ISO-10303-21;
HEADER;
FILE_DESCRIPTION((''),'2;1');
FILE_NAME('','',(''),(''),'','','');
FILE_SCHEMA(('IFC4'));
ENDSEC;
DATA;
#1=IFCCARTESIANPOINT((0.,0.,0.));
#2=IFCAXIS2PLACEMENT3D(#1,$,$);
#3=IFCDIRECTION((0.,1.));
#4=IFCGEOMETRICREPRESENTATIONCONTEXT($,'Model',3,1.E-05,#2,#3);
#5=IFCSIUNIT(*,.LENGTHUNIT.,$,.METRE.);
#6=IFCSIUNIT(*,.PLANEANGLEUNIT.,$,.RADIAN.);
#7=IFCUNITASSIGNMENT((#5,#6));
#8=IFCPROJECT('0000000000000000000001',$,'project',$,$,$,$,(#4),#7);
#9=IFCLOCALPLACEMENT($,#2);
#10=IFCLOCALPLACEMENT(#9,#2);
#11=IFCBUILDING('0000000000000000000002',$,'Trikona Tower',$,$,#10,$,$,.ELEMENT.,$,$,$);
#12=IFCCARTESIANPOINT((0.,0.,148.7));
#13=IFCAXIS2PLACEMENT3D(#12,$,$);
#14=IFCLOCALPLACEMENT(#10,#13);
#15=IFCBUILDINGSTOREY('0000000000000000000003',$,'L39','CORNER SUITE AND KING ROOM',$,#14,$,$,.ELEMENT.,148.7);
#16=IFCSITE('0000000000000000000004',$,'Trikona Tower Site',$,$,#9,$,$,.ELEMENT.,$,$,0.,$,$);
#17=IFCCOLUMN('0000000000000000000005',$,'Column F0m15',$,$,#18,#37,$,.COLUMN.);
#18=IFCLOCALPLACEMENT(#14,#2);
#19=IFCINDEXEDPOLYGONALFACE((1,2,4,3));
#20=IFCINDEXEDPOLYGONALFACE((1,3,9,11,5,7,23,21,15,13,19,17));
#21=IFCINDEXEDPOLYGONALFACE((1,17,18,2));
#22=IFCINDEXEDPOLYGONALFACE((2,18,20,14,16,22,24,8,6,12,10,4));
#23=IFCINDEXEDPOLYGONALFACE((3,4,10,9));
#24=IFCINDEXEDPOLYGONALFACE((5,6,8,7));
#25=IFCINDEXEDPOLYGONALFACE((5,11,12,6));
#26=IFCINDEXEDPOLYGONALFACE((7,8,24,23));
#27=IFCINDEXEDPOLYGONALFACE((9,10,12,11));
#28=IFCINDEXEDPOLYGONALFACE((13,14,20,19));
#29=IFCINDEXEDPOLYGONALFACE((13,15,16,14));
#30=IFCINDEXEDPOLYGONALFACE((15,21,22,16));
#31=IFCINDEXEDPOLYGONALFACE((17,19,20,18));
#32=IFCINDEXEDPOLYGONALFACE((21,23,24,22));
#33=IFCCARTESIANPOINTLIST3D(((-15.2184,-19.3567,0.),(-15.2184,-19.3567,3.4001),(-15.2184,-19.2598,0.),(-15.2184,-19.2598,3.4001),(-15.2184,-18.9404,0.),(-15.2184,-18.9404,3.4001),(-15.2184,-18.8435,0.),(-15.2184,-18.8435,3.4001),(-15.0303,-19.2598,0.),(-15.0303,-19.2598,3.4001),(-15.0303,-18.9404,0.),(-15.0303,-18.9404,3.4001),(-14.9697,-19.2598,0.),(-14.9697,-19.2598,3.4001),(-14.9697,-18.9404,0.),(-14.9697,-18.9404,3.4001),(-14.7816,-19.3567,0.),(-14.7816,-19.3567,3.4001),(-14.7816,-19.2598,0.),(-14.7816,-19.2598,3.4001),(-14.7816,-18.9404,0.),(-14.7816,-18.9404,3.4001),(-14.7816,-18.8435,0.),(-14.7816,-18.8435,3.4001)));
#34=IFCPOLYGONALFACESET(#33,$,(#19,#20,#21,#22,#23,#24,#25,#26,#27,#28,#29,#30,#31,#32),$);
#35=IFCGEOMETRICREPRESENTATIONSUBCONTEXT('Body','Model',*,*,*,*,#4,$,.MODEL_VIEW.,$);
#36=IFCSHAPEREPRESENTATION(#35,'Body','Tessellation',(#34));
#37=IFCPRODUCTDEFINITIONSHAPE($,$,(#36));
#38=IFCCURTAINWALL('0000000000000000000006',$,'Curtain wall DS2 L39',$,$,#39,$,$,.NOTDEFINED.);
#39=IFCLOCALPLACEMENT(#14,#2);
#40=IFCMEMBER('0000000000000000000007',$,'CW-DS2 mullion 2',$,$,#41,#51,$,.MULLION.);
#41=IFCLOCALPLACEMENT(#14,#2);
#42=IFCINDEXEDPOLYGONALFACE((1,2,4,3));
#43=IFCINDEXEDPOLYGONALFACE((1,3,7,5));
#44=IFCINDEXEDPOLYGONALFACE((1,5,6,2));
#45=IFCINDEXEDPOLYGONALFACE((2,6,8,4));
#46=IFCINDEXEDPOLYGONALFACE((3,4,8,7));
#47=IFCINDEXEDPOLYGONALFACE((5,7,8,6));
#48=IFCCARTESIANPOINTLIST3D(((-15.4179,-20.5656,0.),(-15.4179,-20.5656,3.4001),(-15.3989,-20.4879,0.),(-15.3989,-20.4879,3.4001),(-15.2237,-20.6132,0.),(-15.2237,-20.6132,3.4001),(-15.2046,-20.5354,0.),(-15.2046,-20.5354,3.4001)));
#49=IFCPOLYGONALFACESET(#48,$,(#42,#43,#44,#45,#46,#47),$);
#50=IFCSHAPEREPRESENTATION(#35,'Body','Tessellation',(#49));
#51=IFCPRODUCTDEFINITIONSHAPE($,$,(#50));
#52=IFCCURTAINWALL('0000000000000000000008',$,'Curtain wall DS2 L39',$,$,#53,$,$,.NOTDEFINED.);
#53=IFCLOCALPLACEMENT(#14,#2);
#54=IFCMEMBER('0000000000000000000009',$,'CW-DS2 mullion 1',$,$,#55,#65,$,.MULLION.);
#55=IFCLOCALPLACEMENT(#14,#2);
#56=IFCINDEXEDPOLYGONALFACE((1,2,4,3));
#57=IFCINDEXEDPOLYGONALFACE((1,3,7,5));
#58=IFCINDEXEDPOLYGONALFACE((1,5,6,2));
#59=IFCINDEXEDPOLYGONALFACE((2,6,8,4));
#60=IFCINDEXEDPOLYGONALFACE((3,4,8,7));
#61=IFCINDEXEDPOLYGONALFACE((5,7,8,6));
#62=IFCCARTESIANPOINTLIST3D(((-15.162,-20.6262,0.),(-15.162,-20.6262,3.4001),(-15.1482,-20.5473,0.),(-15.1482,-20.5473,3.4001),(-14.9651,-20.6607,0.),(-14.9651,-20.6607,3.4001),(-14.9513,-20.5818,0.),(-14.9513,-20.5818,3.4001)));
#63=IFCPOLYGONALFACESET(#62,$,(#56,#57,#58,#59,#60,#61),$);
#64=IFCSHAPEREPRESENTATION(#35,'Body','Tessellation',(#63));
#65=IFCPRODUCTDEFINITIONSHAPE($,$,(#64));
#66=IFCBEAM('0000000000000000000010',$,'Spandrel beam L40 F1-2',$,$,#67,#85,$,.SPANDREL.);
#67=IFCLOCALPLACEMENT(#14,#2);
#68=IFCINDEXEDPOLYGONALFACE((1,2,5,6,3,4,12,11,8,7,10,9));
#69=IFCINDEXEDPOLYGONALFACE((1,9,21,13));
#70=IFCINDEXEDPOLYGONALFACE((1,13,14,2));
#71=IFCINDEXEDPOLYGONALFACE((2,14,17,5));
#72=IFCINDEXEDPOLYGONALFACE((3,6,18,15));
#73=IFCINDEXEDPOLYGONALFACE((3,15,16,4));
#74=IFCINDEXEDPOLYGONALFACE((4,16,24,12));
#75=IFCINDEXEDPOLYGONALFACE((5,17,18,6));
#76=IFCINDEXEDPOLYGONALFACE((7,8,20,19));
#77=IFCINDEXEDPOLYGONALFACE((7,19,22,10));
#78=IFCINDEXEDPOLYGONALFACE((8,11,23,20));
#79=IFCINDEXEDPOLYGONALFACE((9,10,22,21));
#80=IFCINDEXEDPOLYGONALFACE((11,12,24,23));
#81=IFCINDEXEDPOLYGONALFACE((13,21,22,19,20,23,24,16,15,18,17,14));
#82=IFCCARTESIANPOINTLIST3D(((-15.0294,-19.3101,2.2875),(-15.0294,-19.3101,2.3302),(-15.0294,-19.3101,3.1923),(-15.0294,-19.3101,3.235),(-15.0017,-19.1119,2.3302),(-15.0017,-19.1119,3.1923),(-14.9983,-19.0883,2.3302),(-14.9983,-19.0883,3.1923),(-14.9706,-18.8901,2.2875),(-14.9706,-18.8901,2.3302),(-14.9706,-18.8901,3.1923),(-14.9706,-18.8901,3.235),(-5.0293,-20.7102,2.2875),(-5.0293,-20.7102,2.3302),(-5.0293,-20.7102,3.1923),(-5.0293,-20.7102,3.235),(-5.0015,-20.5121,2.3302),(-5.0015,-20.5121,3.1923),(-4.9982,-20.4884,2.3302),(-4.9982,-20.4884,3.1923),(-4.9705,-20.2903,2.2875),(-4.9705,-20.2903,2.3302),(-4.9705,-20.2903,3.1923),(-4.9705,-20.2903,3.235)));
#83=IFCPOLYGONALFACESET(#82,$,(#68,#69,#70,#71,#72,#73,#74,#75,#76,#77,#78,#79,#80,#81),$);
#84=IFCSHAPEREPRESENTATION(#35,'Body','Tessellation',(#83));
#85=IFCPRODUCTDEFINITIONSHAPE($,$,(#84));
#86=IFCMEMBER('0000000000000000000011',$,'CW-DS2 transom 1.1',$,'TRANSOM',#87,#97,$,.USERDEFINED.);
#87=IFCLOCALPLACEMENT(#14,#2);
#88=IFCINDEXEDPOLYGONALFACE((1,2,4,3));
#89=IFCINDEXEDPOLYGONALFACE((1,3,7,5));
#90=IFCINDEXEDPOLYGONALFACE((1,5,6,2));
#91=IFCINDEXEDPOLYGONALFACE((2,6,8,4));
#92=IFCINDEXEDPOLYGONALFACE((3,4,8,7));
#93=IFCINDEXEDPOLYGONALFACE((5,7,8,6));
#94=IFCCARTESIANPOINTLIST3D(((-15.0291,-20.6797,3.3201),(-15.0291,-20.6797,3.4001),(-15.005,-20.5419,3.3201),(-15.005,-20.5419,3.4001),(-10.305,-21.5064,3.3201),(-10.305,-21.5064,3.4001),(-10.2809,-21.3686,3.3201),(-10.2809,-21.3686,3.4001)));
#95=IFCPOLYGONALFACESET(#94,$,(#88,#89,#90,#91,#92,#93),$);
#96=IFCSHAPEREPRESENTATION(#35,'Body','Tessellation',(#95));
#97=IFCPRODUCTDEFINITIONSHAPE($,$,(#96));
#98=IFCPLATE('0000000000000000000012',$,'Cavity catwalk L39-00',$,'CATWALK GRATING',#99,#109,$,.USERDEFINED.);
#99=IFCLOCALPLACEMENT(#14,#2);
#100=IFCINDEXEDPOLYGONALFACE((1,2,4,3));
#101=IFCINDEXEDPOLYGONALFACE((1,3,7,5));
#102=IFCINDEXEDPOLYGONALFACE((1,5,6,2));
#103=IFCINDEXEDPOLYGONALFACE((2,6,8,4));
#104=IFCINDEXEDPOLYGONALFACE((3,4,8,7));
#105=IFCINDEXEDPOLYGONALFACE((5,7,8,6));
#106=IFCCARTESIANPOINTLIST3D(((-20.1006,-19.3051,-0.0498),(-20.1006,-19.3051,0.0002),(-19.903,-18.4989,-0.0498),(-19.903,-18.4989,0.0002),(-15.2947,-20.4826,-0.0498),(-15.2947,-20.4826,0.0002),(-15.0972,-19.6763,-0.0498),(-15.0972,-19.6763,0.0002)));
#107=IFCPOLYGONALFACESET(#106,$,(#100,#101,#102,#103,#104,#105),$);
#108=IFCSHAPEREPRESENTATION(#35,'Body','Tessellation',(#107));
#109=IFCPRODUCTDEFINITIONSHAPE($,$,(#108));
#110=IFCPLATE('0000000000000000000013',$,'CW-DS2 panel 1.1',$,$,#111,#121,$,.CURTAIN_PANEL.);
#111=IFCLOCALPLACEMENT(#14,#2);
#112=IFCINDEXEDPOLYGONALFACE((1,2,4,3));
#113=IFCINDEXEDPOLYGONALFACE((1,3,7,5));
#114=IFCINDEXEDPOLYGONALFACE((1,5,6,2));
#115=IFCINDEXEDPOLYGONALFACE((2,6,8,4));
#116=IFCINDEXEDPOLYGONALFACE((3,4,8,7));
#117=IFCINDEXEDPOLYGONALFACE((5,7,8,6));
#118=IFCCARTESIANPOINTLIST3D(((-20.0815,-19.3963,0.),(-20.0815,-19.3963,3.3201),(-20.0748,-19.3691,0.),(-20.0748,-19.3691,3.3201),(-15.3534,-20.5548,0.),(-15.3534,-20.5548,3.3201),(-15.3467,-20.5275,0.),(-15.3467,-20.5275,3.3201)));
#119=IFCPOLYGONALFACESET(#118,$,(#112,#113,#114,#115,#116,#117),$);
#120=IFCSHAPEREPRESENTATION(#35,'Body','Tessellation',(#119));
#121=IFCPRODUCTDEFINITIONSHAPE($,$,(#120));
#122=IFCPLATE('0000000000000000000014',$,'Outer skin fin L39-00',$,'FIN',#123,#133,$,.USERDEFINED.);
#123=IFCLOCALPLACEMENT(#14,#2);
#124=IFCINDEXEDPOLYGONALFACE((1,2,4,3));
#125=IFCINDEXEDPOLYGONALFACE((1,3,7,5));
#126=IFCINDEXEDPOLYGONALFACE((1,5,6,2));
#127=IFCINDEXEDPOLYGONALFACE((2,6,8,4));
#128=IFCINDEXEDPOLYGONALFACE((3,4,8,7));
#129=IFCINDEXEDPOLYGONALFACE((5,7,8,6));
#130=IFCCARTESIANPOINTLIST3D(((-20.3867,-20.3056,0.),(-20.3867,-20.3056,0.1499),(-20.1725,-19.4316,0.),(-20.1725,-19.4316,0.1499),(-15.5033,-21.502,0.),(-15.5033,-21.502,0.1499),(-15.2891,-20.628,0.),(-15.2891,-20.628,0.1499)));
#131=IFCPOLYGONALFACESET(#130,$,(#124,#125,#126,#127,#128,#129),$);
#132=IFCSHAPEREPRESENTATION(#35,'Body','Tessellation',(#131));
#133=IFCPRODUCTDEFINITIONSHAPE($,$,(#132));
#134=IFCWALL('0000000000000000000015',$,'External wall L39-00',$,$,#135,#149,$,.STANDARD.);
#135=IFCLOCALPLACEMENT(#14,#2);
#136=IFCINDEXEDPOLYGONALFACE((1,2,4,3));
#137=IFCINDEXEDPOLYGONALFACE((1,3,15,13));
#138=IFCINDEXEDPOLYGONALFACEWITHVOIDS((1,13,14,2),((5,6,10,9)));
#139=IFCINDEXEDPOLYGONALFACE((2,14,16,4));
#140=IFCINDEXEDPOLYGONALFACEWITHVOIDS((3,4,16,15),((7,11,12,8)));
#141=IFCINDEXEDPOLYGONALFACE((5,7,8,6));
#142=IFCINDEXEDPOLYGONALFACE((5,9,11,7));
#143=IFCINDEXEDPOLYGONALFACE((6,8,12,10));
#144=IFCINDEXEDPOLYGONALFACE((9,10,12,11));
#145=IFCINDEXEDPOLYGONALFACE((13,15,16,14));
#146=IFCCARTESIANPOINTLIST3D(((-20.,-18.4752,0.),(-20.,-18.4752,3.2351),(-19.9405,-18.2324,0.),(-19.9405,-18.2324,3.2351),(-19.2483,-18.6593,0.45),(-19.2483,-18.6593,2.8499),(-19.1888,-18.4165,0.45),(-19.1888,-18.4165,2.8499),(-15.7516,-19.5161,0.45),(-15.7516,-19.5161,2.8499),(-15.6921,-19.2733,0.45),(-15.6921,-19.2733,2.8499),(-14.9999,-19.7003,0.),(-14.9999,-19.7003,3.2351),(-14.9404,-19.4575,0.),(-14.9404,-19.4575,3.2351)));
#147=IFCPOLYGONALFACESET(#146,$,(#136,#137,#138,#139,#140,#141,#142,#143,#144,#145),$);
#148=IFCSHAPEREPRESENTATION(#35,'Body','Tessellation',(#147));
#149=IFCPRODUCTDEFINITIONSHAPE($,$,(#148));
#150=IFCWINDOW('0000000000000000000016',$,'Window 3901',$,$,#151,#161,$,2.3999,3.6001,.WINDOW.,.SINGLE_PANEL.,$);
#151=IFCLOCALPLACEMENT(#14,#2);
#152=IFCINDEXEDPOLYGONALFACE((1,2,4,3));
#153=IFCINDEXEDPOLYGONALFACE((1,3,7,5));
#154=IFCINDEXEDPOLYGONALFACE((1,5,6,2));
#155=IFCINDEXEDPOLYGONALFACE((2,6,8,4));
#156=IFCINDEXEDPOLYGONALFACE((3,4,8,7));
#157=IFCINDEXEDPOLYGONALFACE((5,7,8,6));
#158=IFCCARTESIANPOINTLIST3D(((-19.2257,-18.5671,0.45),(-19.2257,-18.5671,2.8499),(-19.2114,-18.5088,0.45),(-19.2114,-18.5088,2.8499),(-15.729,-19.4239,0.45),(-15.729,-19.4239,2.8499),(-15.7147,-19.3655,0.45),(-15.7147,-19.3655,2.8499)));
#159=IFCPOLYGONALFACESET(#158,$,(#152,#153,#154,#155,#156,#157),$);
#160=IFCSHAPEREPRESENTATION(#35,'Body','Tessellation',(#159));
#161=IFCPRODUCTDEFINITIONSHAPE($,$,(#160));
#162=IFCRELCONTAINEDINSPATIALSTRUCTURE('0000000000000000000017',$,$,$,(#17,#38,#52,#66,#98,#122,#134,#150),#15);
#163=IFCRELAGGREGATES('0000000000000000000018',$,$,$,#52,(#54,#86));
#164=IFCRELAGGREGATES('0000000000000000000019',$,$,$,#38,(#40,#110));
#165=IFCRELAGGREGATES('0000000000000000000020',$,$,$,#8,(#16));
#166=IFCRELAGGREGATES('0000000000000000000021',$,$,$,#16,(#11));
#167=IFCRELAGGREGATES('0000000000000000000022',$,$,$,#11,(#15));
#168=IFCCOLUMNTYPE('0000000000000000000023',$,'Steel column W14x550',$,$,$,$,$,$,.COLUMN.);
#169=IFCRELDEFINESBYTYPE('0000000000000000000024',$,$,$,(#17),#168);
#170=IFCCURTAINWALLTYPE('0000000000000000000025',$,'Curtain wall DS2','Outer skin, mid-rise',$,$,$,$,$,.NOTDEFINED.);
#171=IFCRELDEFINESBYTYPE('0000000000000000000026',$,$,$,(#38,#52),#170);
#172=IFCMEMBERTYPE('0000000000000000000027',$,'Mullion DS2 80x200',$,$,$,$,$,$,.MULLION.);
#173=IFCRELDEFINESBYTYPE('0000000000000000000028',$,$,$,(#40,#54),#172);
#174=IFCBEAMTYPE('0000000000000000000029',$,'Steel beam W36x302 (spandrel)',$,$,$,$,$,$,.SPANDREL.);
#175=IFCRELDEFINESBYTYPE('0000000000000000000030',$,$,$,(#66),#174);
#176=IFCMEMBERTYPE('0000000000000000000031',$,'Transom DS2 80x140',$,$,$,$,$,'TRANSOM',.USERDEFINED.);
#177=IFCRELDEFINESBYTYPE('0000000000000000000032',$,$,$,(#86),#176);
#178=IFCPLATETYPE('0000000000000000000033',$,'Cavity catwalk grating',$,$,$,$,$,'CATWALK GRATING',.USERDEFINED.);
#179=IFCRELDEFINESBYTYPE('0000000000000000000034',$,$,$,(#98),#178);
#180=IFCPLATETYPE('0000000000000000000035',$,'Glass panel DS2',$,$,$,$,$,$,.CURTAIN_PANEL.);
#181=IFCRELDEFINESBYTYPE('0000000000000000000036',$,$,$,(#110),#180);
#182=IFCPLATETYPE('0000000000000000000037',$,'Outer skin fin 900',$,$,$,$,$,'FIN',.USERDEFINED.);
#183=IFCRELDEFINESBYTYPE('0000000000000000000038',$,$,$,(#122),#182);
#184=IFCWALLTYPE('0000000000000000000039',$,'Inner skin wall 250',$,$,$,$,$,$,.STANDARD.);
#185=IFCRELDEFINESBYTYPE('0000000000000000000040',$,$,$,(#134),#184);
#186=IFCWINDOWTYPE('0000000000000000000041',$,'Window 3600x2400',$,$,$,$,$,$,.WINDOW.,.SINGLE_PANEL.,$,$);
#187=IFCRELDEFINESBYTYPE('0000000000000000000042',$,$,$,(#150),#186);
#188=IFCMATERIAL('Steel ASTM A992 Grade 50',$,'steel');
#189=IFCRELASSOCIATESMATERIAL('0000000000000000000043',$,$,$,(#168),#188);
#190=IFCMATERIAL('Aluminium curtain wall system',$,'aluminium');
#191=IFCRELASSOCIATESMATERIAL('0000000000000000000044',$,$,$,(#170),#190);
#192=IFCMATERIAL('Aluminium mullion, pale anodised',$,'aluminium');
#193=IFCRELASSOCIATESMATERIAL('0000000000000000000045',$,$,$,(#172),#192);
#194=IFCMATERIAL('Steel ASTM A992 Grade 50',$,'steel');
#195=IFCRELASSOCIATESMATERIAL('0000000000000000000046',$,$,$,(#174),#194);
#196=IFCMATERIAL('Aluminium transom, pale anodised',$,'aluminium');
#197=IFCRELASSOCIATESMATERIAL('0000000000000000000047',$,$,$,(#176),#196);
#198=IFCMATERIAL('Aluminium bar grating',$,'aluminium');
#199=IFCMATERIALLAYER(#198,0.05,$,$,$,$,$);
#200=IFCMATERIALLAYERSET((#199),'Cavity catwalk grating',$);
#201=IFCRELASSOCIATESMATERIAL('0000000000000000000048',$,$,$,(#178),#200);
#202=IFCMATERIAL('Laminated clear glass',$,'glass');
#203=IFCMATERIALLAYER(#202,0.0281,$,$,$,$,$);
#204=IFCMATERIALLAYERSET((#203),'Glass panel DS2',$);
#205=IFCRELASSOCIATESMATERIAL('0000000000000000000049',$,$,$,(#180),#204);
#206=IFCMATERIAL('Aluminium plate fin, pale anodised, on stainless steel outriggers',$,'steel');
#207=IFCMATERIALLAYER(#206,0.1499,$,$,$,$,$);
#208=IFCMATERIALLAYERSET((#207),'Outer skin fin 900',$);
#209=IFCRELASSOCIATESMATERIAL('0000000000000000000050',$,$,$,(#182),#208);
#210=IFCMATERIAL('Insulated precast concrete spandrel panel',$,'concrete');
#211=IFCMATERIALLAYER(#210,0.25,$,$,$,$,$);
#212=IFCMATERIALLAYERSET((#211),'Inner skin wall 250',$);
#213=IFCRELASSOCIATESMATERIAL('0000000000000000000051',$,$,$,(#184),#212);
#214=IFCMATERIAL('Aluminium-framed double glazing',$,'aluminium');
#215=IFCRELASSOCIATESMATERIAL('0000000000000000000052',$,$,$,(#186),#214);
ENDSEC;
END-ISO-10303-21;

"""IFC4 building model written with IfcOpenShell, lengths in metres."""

from ifc_helpers import new_model, si_unit, direction, frame, frame_2d, origin, origin_2d, place, context, subcontext, project, spatial, rectangle, i_section, extrude, material, layer, layer_set, material_profile, profile_set, type_object, element, fill, aggregate, save


model = new_model("IFC4")

# Units and contexts
model_context = context("Model", 3, precision=1e-05, world=origin(), true_north=direction((0.0, 1.0)))
body_context = subcontext(model_context, "Body", "Model", "MODEL_VIEW")
ifc_project = project(units=[si_unit("LENGTHUNIT", "METRE"), si_unit("PLANEANGLEUNIT", "RADIAN")], contexts=[model_context])

# Site, building, storey
site_placement = place(None, origin())
site = spatial("IfcSite", under=ifc_project, at=site_placement, Name="Trikona Tower Site", CompositionType="ELEMENT", RefElevation=0.0)
building_placement = place(site_placement, origin())
building = spatial("IfcBuilding", under=site, at=building_placement, Name="Trikona Tower", CompositionType="ELEMENT")
storey_placement = place(building_placement, frame((0.0, 0.0, 148.7)))
storey = spatial("IfcBuildingStorey", under=building, at=storey_placement, Name="L39", Description="CORNER SUITE AND KING ROOM", CompositionType="ELEMENT", Elevation=148.7)

# Column
ifc_material_1 = material(Name="Steel ASTM A992 Grade 50", Category="steel")
ifc_material_profile_1 = material_profile(ifc_material_1, i_section(OverallWidth=0.4368, OverallDepth=0.5132, WebThickness=0.0605, FlangeThickness=0.0969, at=origin_2d()), Name="W14X550")
ifc_profile_set_1 = profile_set([ifc_material_profile_1], Name="Steel ASTM A992 Grade 50")
column_type = type_object("IfcColumnType", Name="Steel column W14x550", PredefinedType="COLUMN", material=ifc_profile_set_1)
column_placement = place(storey_placement, frame((-15.0, -19.1001, 0.0), z_axis=(0.0, 0.0, 1.0), x_axis=(1.0, 0.0, 0.0)))
element("IfcColumn", 1, at=column_placement, inside=storey, type_object=column_type, Name="Column F0m15", PredefinedType="COLUMN", context=body_context, shape_type="SweptSolid", body=[
    extrude(i_section(OverallWidth=0.4368, OverallDepth=0.5132, WebThickness=0.0605, FlangeThickness=0.0969, at=origin_2d()), origin(), (0.0, 0.0, 1.0), 3.4001),
])

# Curtain walls, members
ifc_material_2 = material(Name="Aluminium curtain wall system", Category="aluminium")
curtain_wall_type = type_object("IfcCurtainWallType", Name="Curtain wall DS2", Description="Outer skin, mid-rise", PredefinedType="NOTDEFINED", material=ifc_material_2)
curtain_wall_1_placement = place(storey_placement, origin())
curtain_wall_1 = element("IfcCurtainWall", 2, at=curtain_wall_1_placement, inside=storey, type_object=curtain_wall_type, Name="Curtain wall DS2 L39", PredefinedType="NOTDEFINED")
ifc_material_3 = material(Name="Aluminium mullion, pale anodised", Category="aluminium")
ifc_material_profile_2 = material_profile(ifc_material_3, rectangle(XDim=0.0801, YDim=0.2, at=origin_2d()), Name="MUL-DS2")
ifc_profile_set_2 = profile_set([ifc_material_profile_2], Name="Aluminium mullion, pale anodised")
member_type_1 = type_object("IfcMemberType", Name="Mullion DS2 80x200", PredefinedType="MULLION", material=ifc_profile_set_2)
member_1_placement = place(storey_placement, frame((-15.3113, -20.5505, 0.0), z_axis=(0.0, 0.0, 1.0), x_axis=(0.23797, 0.971272, 0.0)))
member_1 = element("IfcMember", 3, at=member_1_placement, type_object=member_type_1, Name="CW-DS2 mullion 2", PredefinedType="MULLION", context=body_context, shape_type="SweptSolid", body=[
    extrude(rectangle(XDim=0.0801, YDim=0.2, at=origin_2d()), origin(), (0.0, 0.0, 1.0), 3.4001),
])
curtain_wall_2_placement = place(storey_placement, origin())
curtain_wall_2 = element("IfcCurtainWall", 4, at=curtain_wall_2_placement, inside=storey, type_object=curtain_wall_type, Name="Curtain wall DS2 L39", PredefinedType="NOTDEFINED")
member_2_placement = place(storey_placement, frame((-15.0566, -20.604, 0.0), z_axis=(0.0, 0.0, 1.0), x_axis=(0.172377, 0.985031, 0.0)))
member_2 = element("IfcMember", 5, at=member_2_placement, type_object=member_type_1, Name="CW-DS2 mullion 1", PredefinedType="MULLION", context=body_context, shape_type="SweptSolid", body=[
    extrude(rectangle(XDim=0.0801, YDim=0.2, at=origin_2d()), origin(), (0.0, 0.0, 1.0), 3.4001),
])

# Beam
ifc_material_4 = material(Name="Steel ASTM A992 Grade 50", Category="steel")
ifc_material_profile_3 = material_profile(ifc_material_4, i_section(OverallWidth=0.4241, OverallDepth=0.9475, WebThickness=0.0239, FlangeThickness=0.0427, at=origin_2d()), Name="W36X302")
ifc_profile_set_3 = profile_set([ifc_material_profile_3], Name="Steel ASTM A992 Grade 50")
beam_type = type_object("IfcBeamType", Name="Steel beam W36x302 (spandrel)", PredefinedType="SPANDREL", material=ifc_profile_set_3)
beam_placement = place(storey_placement, frame((-15.0, -19.1001, 2.7612), z_axis=(0.99034, -0.138662, 0.0), x_axis=(0.138662, 0.99034, 0.0)))
element("IfcBeam", 6, at=beam_placement, inside=storey, type_object=beam_type, Name="Spandrel beam L40 F1-2", PredefinedType="SPANDREL", context=body_context, shape_type="SweptSolid", body=[
    extrude(i_section(OverallWidth=0.4241, OverallDepth=0.9475, WebThickness=0.0239, FlangeThickness=0.0427, at=origin_2d()), origin(), (0.0, 0.0, 1.0), 10.0977),
])

# Member
ifc_material_5 = material(Name="Aluminium transom, pale anodised", Category="aluminium")
ifc_material_profile_4 = material_profile(ifc_material_5, rectangle(XDim=0.1399, YDim=0.0801, at=origin_2d()), Name="TRN-DS2")
ifc_profile_set_4 = profile_set([ifc_material_profile_4], Name="Aluminium transom, pale anodised")
member_type_2 = type_object("IfcMemberType", Name="Transom DS2 80x140", ElementType="TRANSOM", PredefinedType="USERDEFINED", material=ifc_profile_set_4)
member_3_placement = place(storey_placement, frame((-15.0171, -20.6108, 3.3601), z_axis=(0.985033, -0.172368, 0.0), x_axis=(0.172368, 0.985033, 0.0)))
member_3 = element("IfcMember", 7, at=member_3_placement, type_object=member_type_2, Name="CW-DS2 transom 1.1", ObjectType="TRANSOM", PredefinedType="USERDEFINED", context=body_context, shape_type="SweptSolid", body=[
    extrude(rectangle(XDim=0.1399, YDim=0.0801, at=origin_2d()), origin(), (0.0, 0.0, 1.0), 4.7959),
])
aggregate(curtain_wall_2, [member_2, member_3])

# Plates
ifc_material_6 = material(Name="Aluminium bar grating", Category="aluminium")
ifc_layer_1 = layer(ifc_material_6, 0.05)
ifc_layer_set_1 = layer_set([ifc_layer_1], Name="Cavity catwalk grating")
plate_type_1 = type_object("IfcPlateType", Name="Cavity catwalk grating", ElementType="CATWALK GRATING", PredefinedType="USERDEFINED", material=ifc_layer_set_1)
plate_1_placement = place(storey_placement, frame((-17.5989, -19.4907, -0.0498), z_axis=(0.0, 0.0, 1.0), x_axis=(0.971274, -0.237962, 0.0)))
element("IfcPlate", 8, at=plate_1_placement, inside=storey, type_object=plate_type_1, Name="Cavity catwalk L39-00", ObjectType="CATWALK GRATING", PredefinedType="USERDEFINED", context=body_context, shape_type="SweptSolid", body=[
    extrude(rectangle(XDim=4.948, YDim=0.8301, at=origin_2d()), origin(), (0.0, 0.0, 1.0), 0.05),
])
ifc_material_7 = material(Name="Laminated clear glass", Category="glass")
ifc_layer_2 = layer(ifc_material_7, 0.0281)
ifc_layer_set_2 = layer_set([ifc_layer_2], Name="Glass panel DS2")
plate_type_2 = type_object("IfcPlateType", Name="Glass panel DS2", PredefinedType="CURTAIN_PANEL", material=ifc_layer_set_2)
plate_2_placement = place(storey_placement, frame((-17.7141, -19.9619, 0.0), z_axis=(0.0, 0.0, 1.0), x_axis=(0.971272, -0.23797, 0.0)))
plate_2 = element("IfcPlate", 9, at=plate_2_placement, type_object=plate_type_2, Name="CW-DS2 panel 1.1", PredefinedType="CURTAIN_PANEL", context=body_context, shape_type="SweptSolid", body=[
    extrude(rectangle(XDim=4.8679, YDim=0.0281, at=origin_2d()), origin(), (0.0, 0.0, 1.0), 3.3201),
])
aggregate(curtain_wall_1, [member_1, plate_2])
ifc_material_8 = material(Name="Aluminium plate fin, pale anodised, on stainless steel outriggers", Category="steel")
ifc_layer_3 = layer(ifc_material_8, 0.1499)
ifc_layer_set_3 = layer_set([ifc_layer_3], Name="Outer skin fin 900")
plate_type_3 = type_object("IfcPlateType", Name="Outer skin fin 900", ElementType="FIN", PredefinedType="USERDEFINED", material=ifc_layer_set_3)
plate_3_placement = place(storey_placement, frame((-17.8379, -20.4668, 0.0), z_axis=(0.0, 0.0, 1.0), x_axis=(0.971274, -0.237962, 0.0)))
element("IfcPlate", 10, at=plate_3_placement, inside=storey, type_object=plate_type_3, Name="Outer skin fin L39-00", ObjectType="FIN", PredefinedType="USERDEFINED", context=body_context, shape_type="SweptSolid", body=[
    extrude(rectangle(XDim=5.0278, YDim=0.8999, at=origin_2d()), origin(), (0.0, 0.0, 1.0), 0.1499),
])

# Wall, opening, window
ifc_material_9 = material(Name="Insulated precast concrete spandrel panel", Category="concrete")
ifc_layer_4 = layer(ifc_material_9, 0.25)
ifc_layer_set_4 = layer_set([ifc_layer_4], Name="Inner skin wall 250")
wall_type_1 = type_object("IfcWallType", Name="Inner skin wall 250", PredefinedType="STANDARD", material=ifc_layer_set_4)
wall_1_placement = place(storey_placement, frame((-19.9702, -18.3538, 0.0), z_axis=(0.0, 0.0, 1.0), x_axis=(0.97127, -0.23798, 0.0)))
wall_1 = element("IfcWall", 11, at=wall_1_placement, inside=storey, type_object=wall_type_1, Name="External wall L39-00", PredefinedType="STANDARD", context=body_context, shape_type="SweptSolid", body=[
    extrude(rectangle(XDim=5.1479, YDim=0.25, at=frame_2d((2.574, 0.0))), origin(), (0.0, 0.0, 1.0), 3.2351),
])
opening_1_placement = place(wall_1_placement, frame((0.7739, 0.0, 0.45)))
opening_1 = element("IfcOpeningElement", 12, at=opening_1_placement, cuts=wall_1, PredefinedType="OPENING", context=body_context, shape_type="SweptSolid", body=[
    extrude(rectangle(XDim=3.6001, YDim=2.3999, at=frame_2d((1.8, 1.2))), frame((0.0, 0.135, 0.0), z_axis=(0.0, -1.0, 0.0), x_axis=(1.0, 0.0, 0.0)), (0.0, 0.0, 1.0), 0.27),
])
ifc_material_10 = material(Name="Aluminium-framed double glazing", Category="aluminium")
window_type = type_object("IfcWindowType", Name="Window 3600x2400", PartitioningType="SINGLE_PANEL", PredefinedType="WINDOW", material=ifc_material_10)
window_1_placement = place(opening_1_placement, origin())
window_1 = element("IfcWindow", 13, at=window_1_placement, inside=storey, type_object=window_type, Name="Window 3901", OverallHeight=2.3999, OverallWidth=3.6001, PartitioningType="SINGLE_PANEL", PredefinedType="WINDOW", context=body_context, shape_type="SweptSolid", body=[
    extrude(rectangle(XDim=3.6001, YDim=2.3999, at=frame_2d((1.8, 1.2))), frame((0.0, 0.03, 0.0), z_axis=(0.0, -1.0, 0.0), x_axis=(1.0, 0.0, 0.0)), (0.0, 0.0, 1.0), 0.0601),
])
fill(opening_1, window_1)

save(model, "model.ifc")
